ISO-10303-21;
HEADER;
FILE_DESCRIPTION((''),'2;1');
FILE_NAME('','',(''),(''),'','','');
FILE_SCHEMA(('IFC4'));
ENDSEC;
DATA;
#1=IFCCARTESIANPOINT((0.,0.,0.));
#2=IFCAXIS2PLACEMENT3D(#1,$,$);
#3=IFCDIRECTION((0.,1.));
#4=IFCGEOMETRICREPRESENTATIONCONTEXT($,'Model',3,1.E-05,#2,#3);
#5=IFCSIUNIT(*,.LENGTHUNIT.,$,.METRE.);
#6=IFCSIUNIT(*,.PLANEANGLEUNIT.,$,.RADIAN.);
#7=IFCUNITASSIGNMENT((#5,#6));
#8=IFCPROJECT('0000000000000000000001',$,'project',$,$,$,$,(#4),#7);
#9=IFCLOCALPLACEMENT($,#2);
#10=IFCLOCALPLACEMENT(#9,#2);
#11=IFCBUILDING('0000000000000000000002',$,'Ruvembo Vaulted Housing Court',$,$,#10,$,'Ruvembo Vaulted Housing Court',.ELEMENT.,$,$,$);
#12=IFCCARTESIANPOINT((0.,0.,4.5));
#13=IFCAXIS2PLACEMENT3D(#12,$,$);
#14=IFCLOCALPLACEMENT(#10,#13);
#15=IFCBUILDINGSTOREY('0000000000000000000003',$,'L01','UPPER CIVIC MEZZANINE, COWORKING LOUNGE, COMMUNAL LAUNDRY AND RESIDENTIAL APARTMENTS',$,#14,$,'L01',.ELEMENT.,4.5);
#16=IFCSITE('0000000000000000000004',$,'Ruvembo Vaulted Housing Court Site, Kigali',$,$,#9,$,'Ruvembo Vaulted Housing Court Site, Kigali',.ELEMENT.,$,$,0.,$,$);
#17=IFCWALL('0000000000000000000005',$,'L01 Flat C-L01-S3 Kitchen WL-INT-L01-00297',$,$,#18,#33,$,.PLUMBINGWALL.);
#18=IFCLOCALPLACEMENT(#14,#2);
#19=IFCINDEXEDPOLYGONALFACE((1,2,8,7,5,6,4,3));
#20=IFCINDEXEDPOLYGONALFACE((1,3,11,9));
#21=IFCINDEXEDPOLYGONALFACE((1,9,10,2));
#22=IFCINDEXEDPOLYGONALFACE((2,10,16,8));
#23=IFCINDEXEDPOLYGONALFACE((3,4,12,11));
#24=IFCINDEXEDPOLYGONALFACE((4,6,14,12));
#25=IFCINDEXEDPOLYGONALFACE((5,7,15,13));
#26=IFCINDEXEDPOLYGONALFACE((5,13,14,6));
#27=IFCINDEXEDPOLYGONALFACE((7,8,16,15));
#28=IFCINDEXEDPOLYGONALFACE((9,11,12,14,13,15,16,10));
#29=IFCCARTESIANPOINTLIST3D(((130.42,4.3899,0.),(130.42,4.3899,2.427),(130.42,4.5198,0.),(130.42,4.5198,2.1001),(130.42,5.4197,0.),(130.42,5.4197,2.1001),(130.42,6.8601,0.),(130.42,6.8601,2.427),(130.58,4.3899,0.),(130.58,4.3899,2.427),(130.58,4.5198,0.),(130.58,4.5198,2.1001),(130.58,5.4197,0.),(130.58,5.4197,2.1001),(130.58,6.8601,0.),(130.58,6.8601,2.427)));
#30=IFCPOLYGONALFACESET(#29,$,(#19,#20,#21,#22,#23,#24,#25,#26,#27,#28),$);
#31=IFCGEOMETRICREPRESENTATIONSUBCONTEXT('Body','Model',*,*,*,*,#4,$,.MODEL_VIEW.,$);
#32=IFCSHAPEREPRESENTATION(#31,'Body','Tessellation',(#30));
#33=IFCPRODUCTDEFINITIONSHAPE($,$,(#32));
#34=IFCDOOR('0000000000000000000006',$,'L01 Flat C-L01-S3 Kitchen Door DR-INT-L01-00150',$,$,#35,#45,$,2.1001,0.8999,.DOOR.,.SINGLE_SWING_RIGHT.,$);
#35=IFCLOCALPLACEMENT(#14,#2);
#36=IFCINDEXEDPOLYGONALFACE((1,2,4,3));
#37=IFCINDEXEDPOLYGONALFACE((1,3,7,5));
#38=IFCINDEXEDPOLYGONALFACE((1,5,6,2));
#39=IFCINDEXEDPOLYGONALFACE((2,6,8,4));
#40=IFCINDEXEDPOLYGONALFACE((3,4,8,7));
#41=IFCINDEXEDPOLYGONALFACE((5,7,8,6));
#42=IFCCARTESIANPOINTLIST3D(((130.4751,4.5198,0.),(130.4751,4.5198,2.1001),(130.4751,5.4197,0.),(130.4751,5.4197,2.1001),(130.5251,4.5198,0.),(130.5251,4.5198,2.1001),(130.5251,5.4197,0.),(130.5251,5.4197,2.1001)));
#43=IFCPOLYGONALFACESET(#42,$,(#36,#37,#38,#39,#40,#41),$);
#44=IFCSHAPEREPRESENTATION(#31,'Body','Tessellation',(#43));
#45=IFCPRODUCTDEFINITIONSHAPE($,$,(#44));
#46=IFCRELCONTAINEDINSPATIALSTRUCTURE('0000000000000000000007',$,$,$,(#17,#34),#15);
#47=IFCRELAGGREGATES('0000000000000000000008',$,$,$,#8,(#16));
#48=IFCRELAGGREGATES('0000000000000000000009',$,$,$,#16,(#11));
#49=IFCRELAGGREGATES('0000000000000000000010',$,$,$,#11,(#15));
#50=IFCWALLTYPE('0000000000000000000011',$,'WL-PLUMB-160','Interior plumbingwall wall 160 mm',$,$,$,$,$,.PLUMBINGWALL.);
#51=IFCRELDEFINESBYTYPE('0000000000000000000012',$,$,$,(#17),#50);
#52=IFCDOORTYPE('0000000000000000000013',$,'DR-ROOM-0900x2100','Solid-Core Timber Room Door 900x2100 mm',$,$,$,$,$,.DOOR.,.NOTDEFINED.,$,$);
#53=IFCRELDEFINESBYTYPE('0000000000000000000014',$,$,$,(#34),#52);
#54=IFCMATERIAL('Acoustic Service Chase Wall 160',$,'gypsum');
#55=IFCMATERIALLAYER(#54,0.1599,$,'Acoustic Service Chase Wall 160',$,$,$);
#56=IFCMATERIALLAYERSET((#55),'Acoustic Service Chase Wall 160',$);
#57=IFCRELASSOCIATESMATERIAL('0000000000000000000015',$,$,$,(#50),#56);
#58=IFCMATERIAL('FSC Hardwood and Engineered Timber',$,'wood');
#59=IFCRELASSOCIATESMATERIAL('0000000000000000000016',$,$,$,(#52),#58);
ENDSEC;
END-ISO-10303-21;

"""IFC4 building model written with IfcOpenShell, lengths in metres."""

from ifc_helpers import new_model, si_unit, direction, frame, frame_2d, origin, place, context, subcontext, project, spatial, rectangle, extrude, material, layer, layer_set, type_object, element, fill, save


model = new_model("IFC4")

# Units and contexts
model_context = context("Model", 3, precision=1e-05, world=origin(), true_north=direction((0.0, 1.0)))
body_context = subcontext(model_context, "Body", "Model", "MODEL_VIEW")
ifc_project = project(units=[si_unit("LENGTHUNIT", "METRE"), si_unit("PLANEANGLEUNIT", "RADIAN")], contexts=[model_context])

# Site, building, storey
site_placement = place(None, origin())
site = spatial("IfcSite", under=ifc_project, at=site_placement, Name="Ruvembo Vaulted Housing Court Site, Kigali", LongName="Ruvembo Vaulted Housing Court Site, Kigali", CompositionType="ELEMENT", RefElevation=0.0)
building_placement = place(site_placement, origin())
building = spatial("IfcBuilding", under=site, at=building_placement, Name="Ruvembo Vaulted Housing Court", LongName="Ruvembo Vaulted Housing Court", CompositionType="ELEMENT")
storey_placement = place(building_placement, frame((0.0, 0.0, 4.5)))
storey = spatial("IfcBuildingStorey", under=building, at=storey_placement, Name="L01", Description="UPPER CIVIC MEZZANINE, COWORKING LOUNGE, COMMUNAL LAUNDRY AND RESIDENTIAL APARTMENTS", LongName="L01", CompositionType="ELEMENT", Elevation=4.5)

# Shared definitions
ifc_material_1 = material(Name="FSC Hardwood and Engineered Timber", Category="wood")

# Wall, opening, door
ifc_material_2 = material(Name="Acoustic Service Chase Wall 160", Category="gypsum")
ifc_layer_1 = layer(ifc_material_2, 0.1599, Name="Acoustic Service Chase Wall 160")
ifc_layer_set_1 = layer_set([ifc_layer_1], Name="Acoustic Service Chase Wall 160")
wall_type_1 = type_object("IfcWallType", Name="WL-PLUMB-160", Description="Interior plumbingwall wall 160 mm", PredefinedType="PLUMBINGWALL", material=ifc_layer_set_1)
wall_1_placement = place(storey_placement, frame((130.5, 4.3899, 0.0), z_axis=(0.0, 0.0, 1.0), x_axis=(0.0, 1.0, 0.0)))
wall_1 = element("IfcWall", 1, at=wall_1_placement, inside=storey, type_object=wall_type_1, Name="L01 Flat C-L01-S3 Kitchen WL-INT-L01-00297", PredefinedType="PLUMBINGWALL", context=body_context, shape_type="SweptSolid", body=[
    extrude(rectangle(XDim=2.4702, YDim=0.1599, at=frame_2d((1.2351, 0.0))), origin(), (0.0, 0.0, 1.0), 2.427),
])
opening_1_placement = place(wall_1_placement, frame((0.1299, 0.0, 0.0)))
opening_1 = element("IfcOpeningElement", 2, at=opening_1_placement, cuts=wall_1, PredefinedType="OPENING", context=body_context, shape_type="SweptSolid", body=[
    extrude(rectangle(XDim=0.8999, YDim=2.1001, at=frame_2d((0.45, 1.05))), frame((0.0, 0.0898, 0.0), z_axis=(0.0, -1.0, 0.0), x_axis=(1.0, 0.0, 0.0)), (0.0, 0.0, 1.0), 0.1799),
])
door_type_1 = type_object("IfcDoorType", Name="DR-ROOM-0900x2100", Description="Solid-Core Timber Room Door 900x2100 mm", OperationType="NOTDEFINED", PredefinedType="DOOR", material=ifc_material_1)
door_1_placement = place(opening_1_placement, origin())
door_1 = element("IfcDoor", 3, at=door_1_placement, inside=storey, type_object=door_type_1, Name="L01 Flat C-L01-S3 Kitchen Door DR-INT-L01-00150", OperationType="SINGLE_SWING_RIGHT", OverallHeight=2.1001, OverallWidth=0.8999, PredefinedType="DOOR", context=body_context, shape_type="SweptSolid", body=[
    extrude(rectangle(XDim=0.8999, YDim=2.1001, at=frame_2d((0.45, 1.05))), frame((0.0, 0.0249, 0.0), z_axis=(0.0, -1.0, 0.0), x_axis=(1.0, 0.0, 0.0)), (0.0, 0.0, 1.0), 0.05),
])
fill(opening_1, door_1)

save(model, "model.ifc")
